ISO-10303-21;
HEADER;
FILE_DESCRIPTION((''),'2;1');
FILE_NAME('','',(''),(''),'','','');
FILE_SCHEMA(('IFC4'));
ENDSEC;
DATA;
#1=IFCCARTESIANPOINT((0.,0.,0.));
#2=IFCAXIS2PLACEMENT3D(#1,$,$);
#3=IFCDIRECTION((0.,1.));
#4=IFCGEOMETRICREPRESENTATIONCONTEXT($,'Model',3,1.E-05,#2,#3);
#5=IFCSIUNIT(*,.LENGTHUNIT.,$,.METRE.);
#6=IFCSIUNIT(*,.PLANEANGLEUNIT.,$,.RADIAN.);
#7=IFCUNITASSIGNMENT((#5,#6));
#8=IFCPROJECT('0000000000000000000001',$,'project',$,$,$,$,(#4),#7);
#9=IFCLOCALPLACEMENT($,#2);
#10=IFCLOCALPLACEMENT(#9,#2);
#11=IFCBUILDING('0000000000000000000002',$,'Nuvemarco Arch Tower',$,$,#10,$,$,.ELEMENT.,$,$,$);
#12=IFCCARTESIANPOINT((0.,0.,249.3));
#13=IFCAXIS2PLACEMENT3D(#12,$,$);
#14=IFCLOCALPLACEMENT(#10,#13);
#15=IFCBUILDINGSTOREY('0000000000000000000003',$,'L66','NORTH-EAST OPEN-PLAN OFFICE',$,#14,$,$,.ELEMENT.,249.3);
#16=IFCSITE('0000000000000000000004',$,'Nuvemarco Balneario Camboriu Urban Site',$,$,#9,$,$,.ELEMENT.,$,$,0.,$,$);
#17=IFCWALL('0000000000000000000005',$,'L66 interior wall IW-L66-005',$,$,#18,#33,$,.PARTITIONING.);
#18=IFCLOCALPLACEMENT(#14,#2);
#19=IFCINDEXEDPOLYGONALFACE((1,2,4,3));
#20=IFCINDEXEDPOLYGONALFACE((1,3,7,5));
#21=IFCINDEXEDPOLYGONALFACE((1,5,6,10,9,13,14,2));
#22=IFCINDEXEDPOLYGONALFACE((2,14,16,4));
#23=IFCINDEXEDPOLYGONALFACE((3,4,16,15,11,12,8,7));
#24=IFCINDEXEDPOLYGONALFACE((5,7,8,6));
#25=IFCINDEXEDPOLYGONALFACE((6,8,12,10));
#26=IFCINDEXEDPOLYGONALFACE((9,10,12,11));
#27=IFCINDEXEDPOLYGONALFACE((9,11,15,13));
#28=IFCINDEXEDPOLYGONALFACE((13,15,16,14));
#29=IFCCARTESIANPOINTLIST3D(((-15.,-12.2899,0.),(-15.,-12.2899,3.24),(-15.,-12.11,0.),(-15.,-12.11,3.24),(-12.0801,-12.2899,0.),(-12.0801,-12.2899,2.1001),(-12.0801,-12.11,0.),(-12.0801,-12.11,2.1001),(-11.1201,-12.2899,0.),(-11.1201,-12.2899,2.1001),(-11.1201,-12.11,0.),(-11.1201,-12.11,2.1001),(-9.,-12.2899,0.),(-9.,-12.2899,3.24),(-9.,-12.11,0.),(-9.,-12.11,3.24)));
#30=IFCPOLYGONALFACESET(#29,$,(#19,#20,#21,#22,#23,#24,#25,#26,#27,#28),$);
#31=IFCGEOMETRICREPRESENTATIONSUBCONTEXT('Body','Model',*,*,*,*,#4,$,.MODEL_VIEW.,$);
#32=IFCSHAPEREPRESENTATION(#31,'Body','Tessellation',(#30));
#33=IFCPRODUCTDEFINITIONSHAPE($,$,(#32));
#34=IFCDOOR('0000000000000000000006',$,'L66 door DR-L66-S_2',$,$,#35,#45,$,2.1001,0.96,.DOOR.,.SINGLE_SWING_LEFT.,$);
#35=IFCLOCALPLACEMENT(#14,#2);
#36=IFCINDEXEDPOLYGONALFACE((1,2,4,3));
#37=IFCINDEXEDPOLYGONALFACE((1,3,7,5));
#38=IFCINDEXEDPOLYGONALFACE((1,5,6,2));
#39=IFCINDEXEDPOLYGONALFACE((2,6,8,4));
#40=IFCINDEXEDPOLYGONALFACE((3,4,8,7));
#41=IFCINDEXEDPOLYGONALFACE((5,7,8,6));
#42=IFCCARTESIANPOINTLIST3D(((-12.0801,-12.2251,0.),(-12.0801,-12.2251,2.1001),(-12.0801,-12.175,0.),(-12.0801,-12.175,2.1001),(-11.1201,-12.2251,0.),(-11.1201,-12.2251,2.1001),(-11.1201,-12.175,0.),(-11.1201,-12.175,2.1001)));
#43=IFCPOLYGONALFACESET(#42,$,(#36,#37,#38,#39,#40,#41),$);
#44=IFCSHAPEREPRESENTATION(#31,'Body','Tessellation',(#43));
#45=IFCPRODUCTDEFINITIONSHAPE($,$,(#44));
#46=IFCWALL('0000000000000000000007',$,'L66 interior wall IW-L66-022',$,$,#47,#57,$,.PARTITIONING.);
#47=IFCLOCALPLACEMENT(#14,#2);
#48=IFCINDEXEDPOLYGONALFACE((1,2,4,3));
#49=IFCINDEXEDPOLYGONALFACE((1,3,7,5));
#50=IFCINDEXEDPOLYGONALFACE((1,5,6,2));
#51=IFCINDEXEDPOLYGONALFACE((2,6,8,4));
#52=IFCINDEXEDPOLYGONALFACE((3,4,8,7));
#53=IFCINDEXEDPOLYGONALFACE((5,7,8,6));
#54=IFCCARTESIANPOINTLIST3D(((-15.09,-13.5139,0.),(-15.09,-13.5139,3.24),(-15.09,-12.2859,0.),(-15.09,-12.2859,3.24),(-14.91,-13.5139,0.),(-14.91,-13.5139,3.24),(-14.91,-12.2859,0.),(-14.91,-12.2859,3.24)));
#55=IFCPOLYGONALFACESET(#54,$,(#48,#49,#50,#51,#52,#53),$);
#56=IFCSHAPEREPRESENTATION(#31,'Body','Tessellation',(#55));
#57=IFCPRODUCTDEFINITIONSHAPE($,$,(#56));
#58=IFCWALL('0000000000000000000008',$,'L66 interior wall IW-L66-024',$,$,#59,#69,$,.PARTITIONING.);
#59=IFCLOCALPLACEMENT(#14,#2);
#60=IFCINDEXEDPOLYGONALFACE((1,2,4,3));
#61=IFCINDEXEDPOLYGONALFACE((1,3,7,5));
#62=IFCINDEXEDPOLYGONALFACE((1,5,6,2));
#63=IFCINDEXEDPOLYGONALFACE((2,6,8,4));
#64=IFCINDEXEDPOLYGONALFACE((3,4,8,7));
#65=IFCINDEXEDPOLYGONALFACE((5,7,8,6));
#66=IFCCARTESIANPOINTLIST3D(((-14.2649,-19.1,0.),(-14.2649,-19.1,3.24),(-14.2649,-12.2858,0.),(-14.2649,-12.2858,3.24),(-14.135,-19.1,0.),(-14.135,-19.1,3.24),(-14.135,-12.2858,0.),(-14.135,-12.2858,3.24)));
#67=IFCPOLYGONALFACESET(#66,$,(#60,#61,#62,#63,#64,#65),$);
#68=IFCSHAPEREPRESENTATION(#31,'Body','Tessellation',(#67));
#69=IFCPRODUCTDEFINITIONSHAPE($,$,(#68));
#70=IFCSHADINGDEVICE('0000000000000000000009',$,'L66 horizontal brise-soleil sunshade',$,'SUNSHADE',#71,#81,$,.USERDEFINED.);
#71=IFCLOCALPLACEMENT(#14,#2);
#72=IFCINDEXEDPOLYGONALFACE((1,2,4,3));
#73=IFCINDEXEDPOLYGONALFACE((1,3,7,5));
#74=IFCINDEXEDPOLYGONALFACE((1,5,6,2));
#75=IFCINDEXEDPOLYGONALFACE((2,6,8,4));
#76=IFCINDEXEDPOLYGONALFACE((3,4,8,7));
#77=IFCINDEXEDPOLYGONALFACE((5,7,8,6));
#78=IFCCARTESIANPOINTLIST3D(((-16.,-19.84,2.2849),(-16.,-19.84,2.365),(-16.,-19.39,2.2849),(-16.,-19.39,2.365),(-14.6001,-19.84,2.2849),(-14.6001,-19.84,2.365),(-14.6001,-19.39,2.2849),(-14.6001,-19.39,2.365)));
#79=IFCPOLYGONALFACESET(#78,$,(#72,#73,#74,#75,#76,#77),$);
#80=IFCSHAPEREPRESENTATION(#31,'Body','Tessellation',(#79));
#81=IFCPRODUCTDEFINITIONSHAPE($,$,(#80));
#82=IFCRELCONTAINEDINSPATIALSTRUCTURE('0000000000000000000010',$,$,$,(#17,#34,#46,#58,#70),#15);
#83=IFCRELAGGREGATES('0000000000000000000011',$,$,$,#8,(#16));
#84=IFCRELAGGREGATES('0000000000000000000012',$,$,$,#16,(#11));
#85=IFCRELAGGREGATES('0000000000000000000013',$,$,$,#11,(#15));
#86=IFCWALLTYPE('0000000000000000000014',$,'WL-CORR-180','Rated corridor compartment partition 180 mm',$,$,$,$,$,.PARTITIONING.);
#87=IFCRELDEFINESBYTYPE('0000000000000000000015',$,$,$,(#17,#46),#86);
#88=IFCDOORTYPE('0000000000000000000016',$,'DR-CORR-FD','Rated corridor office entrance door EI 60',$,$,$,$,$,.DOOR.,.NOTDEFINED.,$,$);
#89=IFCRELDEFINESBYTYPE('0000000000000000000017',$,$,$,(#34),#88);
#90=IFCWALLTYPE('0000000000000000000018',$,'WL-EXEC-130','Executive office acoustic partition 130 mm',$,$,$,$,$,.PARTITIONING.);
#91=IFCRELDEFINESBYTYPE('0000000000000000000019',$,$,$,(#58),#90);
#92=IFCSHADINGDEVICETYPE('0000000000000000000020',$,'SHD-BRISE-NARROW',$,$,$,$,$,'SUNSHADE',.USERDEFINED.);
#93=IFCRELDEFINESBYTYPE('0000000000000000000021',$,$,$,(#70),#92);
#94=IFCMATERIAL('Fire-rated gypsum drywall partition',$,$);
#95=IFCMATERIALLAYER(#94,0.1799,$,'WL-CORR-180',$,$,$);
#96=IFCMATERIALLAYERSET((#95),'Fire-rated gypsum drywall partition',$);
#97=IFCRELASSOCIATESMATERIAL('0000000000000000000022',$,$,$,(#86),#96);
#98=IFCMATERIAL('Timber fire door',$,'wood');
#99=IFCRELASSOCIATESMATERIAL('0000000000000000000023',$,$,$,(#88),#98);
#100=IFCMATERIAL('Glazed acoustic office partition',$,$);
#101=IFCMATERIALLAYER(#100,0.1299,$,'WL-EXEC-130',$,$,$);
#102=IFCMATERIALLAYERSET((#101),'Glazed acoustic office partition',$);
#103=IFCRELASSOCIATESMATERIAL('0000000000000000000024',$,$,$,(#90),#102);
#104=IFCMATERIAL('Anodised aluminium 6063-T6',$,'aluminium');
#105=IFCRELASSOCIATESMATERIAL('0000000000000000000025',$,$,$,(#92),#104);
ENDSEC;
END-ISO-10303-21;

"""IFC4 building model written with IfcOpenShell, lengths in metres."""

from ifc_helpers import new_model, si_unit, direction, frame, frame_2d, origin, origin_2d, place, context, subcontext, project, spatial, rectangle, extrude, source, transform, mapped, material, layer, layer_set, type_object, type_shapes, element, fill, save


model = new_model("IFC4")

# Units and contexts
model_context = context("Model", 3, precision=1e-05, world=origin(), true_north=direction((0.0, 1.0)))
body_context = subcontext(model_context, "Body", "Model", "MODEL_VIEW")
ifc_project = project(units=[si_unit("LENGTHUNIT", "METRE"), si_unit("PLANEANGLEUNIT", "RADIAN")], contexts=[model_context])

# Site, building, storey
site_placement = place(None, origin())
site = spatial("IfcSite", under=ifc_project, at=site_placement, Name="Nuvemarco Balneario Camboriu Urban Site", CompositionType="ELEMENT", RefElevation=0.0)
building_placement = place(site_placement, origin())
building = spatial("IfcBuilding", under=site, at=building_placement, Name="Nuvemarco Arch Tower", CompositionType="ELEMENT")
storey_placement = place(building_placement, frame((0.0, 0.0, 249.3)))
storey = spatial("IfcBuildingStorey", under=building, at=storey_placement, Name="L66", Description="NORTH-EAST OPEN-PLAN OFFICE", CompositionType="ELEMENT", Elevation=249.3)

# Wall, opening, door
ifc_material_1 = material(Name="Fire-rated gypsum drywall partition")
ifc_layer_1 = layer(ifc_material_1, 0.1799, Name="WL-CORR-180")
ifc_layer_set_1 = layer_set([ifc_layer_1], Name="Fire-rated gypsum drywall partition")
wall_type_1 = type_object("IfcWallType", Name="WL-CORR-180", Description="Rated corridor compartment partition 180 mm", PredefinedType="PARTITIONING", material=ifc_layer_set_1)
wall_1_placement = place(storey_placement, frame((-15.0, -12.2, 0.0), z_axis=(0.0, 0.0, 1.0), x_axis=(1.0, 0.0, 0.0)))
wall_1 = element("IfcWall", 1, at=wall_1_placement, inside=storey, type_object=wall_type_1, Name="L66 interior wall IW-L66-005", PredefinedType="PARTITIONING", context=body_context, shape_type="SweptSolid", body=[
    extrude(rectangle(XDim=6.0, YDim=0.1799, at=frame_2d((3.0, 0.0))), origin(), (0.0, 0.0, 1.0), 3.24),
])
opening_placement = place(wall_1_placement, frame((2.9199, 0.0, 0.0)))
opening = element("IfcOpeningElement", 2, at=opening_placement, cuts=wall_1, PredefinedType="OPENING", context=body_context, shape_type="SweptSolid", body=[
    extrude(rectangle(XDim=0.96, YDim=2.1001, at=frame_2d((0.48, 1.05))), frame((0.0, 0.0999, 0.0), z_axis=(0.0, -1.0, 0.0), x_axis=(1.0, 0.0, 0.0)), (0.0, 0.0, 1.0), 0.2),
])
ifc_material_2 = material(Name="Timber fire door", Category="wood")
door_type = type_object("IfcDoorType", Name="DR-CORR-FD", Description="Rated corridor office entrance door EI 60", OperationType="NOTDEFINED", PredefinedType="DOOR", material=ifc_material_2)
shared_shape_1 = source(origin(), body_context, "Body", "SweptSolid", [
    extrude(rectangle(XDim=0.96, YDim=2.1001, at=frame_2d((0.48, 1.05))), frame((0.0, 0.0249, 0.0), z_axis=(0.0, -1.0, 0.0), x_axis=(1.0, 0.0, 0.0)), (0.0, 0.0, 1.0), 0.05),
])
type_shapes(door_type, [shared_shape_1])
door_placement = place(opening_placement, origin())
door = element("IfcDoor", 3, at=door_placement, inside=storey, type_object=door_type, Name="L66 door DR-L66-S_2", OperationType="SINGLE_SWING_LEFT", OverallHeight=2.1001, OverallWidth=0.96, PredefinedType="DOOR", context=body_context, shape_type="MappedRepresentation", body=[
    mapped(shared_shape_1, transform((0.0, 0.0, 0.0), scale=1.0)),
])
fill(opening, door)

# Walls
wall_2_placement = place(storey_placement, frame((-15.0, -13.5139, 0.0), z_axis=(0.0, 0.0, 1.0), x_axis=(0.0, 1.0, 0.0)))
element("IfcWall", 4, at=wall_2_placement, inside=storey, type_object=wall_type_1, Name="L66 interior wall IW-L66-022", PredefinedType="PARTITIONING", context=body_context, shape_type="SweptSolid", body=[
    extrude(rectangle(XDim=1.228, YDim=0.1799, at=frame_2d((0.614, 0.0))), origin(), (0.0, 0.0, 1.0), 3.24),
])
ifc_material_3 = material(Name="Glazed acoustic office partition")
ifc_layer_2 = layer(ifc_material_3, 0.1299, Name="WL-EXEC-130")
ifc_layer_set_2 = layer_set([ifc_layer_2], Name="Glazed acoustic office partition")
wall_type_2 = type_object("IfcWallType", Name="WL-EXEC-130", Description="Executive office acoustic partition 130 mm", PredefinedType="PARTITIONING", material=ifc_layer_set_2)
wall_3_placement = place(storey_placement, frame((-14.2, -19.1001, 0.0), z_axis=(0.0, 0.0, 1.0), x_axis=(0.0, 1.0, 0.0)))
element("IfcWall", 5, at=wall_3_placement, inside=storey, type_object=wall_type_2, Name="L66 interior wall IW-L66-024", PredefinedType="PARTITIONING", context=body_context, shape_type="SweptSolid", body=[
    extrude(rectangle(XDim=6.8142, YDim=0.1299, at=frame_2d((3.4072, 0.0))), origin(), (0.0, 0.0, 1.0), 3.24),
])

# Shading device
ifc_material_4 = material(Name="Anodised aluminium 6063-T6", Category="aluminium")
shading_device_type = type_object("IfcShadingDeviceType", Name="SHD-BRISE-NARROW", ElementType="SUNSHADE", PredefinedType="USERDEFINED", material=ifc_material_4)
shared_shape_2 = source(origin(), body_context, "Body", "SweptSolid", [
    extrude(rectangle(XDim=1.3999, YDim=0.45, at=origin_2d()), origin(), (0.0, 0.0, 1.0), 0.0801),
])
type_shapes(shading_device_type, [shared_shape_2])
shading_device_placement = place(storey_placement, frame((-15.3, -19.615, 2.2849), z_axis=(0.0, 0.0, 1.0), x_axis=(1.0, 0.0, 0.0)))
element("IfcShadingDevice", 6, at=shading_device_placement, inside=storey, type_object=shading_device_type, Name="L66 horizontal brise-soleil sunshade", ObjectType="SUNSHADE", PredefinedType="USERDEFINED", context=body_context, shape_type="MappedRepresentation", body=[
    mapped(shared_shape_2, transform((0.0, 0.0, 0.0), scale=1.0)),
])

save(model, "model.ifc")
